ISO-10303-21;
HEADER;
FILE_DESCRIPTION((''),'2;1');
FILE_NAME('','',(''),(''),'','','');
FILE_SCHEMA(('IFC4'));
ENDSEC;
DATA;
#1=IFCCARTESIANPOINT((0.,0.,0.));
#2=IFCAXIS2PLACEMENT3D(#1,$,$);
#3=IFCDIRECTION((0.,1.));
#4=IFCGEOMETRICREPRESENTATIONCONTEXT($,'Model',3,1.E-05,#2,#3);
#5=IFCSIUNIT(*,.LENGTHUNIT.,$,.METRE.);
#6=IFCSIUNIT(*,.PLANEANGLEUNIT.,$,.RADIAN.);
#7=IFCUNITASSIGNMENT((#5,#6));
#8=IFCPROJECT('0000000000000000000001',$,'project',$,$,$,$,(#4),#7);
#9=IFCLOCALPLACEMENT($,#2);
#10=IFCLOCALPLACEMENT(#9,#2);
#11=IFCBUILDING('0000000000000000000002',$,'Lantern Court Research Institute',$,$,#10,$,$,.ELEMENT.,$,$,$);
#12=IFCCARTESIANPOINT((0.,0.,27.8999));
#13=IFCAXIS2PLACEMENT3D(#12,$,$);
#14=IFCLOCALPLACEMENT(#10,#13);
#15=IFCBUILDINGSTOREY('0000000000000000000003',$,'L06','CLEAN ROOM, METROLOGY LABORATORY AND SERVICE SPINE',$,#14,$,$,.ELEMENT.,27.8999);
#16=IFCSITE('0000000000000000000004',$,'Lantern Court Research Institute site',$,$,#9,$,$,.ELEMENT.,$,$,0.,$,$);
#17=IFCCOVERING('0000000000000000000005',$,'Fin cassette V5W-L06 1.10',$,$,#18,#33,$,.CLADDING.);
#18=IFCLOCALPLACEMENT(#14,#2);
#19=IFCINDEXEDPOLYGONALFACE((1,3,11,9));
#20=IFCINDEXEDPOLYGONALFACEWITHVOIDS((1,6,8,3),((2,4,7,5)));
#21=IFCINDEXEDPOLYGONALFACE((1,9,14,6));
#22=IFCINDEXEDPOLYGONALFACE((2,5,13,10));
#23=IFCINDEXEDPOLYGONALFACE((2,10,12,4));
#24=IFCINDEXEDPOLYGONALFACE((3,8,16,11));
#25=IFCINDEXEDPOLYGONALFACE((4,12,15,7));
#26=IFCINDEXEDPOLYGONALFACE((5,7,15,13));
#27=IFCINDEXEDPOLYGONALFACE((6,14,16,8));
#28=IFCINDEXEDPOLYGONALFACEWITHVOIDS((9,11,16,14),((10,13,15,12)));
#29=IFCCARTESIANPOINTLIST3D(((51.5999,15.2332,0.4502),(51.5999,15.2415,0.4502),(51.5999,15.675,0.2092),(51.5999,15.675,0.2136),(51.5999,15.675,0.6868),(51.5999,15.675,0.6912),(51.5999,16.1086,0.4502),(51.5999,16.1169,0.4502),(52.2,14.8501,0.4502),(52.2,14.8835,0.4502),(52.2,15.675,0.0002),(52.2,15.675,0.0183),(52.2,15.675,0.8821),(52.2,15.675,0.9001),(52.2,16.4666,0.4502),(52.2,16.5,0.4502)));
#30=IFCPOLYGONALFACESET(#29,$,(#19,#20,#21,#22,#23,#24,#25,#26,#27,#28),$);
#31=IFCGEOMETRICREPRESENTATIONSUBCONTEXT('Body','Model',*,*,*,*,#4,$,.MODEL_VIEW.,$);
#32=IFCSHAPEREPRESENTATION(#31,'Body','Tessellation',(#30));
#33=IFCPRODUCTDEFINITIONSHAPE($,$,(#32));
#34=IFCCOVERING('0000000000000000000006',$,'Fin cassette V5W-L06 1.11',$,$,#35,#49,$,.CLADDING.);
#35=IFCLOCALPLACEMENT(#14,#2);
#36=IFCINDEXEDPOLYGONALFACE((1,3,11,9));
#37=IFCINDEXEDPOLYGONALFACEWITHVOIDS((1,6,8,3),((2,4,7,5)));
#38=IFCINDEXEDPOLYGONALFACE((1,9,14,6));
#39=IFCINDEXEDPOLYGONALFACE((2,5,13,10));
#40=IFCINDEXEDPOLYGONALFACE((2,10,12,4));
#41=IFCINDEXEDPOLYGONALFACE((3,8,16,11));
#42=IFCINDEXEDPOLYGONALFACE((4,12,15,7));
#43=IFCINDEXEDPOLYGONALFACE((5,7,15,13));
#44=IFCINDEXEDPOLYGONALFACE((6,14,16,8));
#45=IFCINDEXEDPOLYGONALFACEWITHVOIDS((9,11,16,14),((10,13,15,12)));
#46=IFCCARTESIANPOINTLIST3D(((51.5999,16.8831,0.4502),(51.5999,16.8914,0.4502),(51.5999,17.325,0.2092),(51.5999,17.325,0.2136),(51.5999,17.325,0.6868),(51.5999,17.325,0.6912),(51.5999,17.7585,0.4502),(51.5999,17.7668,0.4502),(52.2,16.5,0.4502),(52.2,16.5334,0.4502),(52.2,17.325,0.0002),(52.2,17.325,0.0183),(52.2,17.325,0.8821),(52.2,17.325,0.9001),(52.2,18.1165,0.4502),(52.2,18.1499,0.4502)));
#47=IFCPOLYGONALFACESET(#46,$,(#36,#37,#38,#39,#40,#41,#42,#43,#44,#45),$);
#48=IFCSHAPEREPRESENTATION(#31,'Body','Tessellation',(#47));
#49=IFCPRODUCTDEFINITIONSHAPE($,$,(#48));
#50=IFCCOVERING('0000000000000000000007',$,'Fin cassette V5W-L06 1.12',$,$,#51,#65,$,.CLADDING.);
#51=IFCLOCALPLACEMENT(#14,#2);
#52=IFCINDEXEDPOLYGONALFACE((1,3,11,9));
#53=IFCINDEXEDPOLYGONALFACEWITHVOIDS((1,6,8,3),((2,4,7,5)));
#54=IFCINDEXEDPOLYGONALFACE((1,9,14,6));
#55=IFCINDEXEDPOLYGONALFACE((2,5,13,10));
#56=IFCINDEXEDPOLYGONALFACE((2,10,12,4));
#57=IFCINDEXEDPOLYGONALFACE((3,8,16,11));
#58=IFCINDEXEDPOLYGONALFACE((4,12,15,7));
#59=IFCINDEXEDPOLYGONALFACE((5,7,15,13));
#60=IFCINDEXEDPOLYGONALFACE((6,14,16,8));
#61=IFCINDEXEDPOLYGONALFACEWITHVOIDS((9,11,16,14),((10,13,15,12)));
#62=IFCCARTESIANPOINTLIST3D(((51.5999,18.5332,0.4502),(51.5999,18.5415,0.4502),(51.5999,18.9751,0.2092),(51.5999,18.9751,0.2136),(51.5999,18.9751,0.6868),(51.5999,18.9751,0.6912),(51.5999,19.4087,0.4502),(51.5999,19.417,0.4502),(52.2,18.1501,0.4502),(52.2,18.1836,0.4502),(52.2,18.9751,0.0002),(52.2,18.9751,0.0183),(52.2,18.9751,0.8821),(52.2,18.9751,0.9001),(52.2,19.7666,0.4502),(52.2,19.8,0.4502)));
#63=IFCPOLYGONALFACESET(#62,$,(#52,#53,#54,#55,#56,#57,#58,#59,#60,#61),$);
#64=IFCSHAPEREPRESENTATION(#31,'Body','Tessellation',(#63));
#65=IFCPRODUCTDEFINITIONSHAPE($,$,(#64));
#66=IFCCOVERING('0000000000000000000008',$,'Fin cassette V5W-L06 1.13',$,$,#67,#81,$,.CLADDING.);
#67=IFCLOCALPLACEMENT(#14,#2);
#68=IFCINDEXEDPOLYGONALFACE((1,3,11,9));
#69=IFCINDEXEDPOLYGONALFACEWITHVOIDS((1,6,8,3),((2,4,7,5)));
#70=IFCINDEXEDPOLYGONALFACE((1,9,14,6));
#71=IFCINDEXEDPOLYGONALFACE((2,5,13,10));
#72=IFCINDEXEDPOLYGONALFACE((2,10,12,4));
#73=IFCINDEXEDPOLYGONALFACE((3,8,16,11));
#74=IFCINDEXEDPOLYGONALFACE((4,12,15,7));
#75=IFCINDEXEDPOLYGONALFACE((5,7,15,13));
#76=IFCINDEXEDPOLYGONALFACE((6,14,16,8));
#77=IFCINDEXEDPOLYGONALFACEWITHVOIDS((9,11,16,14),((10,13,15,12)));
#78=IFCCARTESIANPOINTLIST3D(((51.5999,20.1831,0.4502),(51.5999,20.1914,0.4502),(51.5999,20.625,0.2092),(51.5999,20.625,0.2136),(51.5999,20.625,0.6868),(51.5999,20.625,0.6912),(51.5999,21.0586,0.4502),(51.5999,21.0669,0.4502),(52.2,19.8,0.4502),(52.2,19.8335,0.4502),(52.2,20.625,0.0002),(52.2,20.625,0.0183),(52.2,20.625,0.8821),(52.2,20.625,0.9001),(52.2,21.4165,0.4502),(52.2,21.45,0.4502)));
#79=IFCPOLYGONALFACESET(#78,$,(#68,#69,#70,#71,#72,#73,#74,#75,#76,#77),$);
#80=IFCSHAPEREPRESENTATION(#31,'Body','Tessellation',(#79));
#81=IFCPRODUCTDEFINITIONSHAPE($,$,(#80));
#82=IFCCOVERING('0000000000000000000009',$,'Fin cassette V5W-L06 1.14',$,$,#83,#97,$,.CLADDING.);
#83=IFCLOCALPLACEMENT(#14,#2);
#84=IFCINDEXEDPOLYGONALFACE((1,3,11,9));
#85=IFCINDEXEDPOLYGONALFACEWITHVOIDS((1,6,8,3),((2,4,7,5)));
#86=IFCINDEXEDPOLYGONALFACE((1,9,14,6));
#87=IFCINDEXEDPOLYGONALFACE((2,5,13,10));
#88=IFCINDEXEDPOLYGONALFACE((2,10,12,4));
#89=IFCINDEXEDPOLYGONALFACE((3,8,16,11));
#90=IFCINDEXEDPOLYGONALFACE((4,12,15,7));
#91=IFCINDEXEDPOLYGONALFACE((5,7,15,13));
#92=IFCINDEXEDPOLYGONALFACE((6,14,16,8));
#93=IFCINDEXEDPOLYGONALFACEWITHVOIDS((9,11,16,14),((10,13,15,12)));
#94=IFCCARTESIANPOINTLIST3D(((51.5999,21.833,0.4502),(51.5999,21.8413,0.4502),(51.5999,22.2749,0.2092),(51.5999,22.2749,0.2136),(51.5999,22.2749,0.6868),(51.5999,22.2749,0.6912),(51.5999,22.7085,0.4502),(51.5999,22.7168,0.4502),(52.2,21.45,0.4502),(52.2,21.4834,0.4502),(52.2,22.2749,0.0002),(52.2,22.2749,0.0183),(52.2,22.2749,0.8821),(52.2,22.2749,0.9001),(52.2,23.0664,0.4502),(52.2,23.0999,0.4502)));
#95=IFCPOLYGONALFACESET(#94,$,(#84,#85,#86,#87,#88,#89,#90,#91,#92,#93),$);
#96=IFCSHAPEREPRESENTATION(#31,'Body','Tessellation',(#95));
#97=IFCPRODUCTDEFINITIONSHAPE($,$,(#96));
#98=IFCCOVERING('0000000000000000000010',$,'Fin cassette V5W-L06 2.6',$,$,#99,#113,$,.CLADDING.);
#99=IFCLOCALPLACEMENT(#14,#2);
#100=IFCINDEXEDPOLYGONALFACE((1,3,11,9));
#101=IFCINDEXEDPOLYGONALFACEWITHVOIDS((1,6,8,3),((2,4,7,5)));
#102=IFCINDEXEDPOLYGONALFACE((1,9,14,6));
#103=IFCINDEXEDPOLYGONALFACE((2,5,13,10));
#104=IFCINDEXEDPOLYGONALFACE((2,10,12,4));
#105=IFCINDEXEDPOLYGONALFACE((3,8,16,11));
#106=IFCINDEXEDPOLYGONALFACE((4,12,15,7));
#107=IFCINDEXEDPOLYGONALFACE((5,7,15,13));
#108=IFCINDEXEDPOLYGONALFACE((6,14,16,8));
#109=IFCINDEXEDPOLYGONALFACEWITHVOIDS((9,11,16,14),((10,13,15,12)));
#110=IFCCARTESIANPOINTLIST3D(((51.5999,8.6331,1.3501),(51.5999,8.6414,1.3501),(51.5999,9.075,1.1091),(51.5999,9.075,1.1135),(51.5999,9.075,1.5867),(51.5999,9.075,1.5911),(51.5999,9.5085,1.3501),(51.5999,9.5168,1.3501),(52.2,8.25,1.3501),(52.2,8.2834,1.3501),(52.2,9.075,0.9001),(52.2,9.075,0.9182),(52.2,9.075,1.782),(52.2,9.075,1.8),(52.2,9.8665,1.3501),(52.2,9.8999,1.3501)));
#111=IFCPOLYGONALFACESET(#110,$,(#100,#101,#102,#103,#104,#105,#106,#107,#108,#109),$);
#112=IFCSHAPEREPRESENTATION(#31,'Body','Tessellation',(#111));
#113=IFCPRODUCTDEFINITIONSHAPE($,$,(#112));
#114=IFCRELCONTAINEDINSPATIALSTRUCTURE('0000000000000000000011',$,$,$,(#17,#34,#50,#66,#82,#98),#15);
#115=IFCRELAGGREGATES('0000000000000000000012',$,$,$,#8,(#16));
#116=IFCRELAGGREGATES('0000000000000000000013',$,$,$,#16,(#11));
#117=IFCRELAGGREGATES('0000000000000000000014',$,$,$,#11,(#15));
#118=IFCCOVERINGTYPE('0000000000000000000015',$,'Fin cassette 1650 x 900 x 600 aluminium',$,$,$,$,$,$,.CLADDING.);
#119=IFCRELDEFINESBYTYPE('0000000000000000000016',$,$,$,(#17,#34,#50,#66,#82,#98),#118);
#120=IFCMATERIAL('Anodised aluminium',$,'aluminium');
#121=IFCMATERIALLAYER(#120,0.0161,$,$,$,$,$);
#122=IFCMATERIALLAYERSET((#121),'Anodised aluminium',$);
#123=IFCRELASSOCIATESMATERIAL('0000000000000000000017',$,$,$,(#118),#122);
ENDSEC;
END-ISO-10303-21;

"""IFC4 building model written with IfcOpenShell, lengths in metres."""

from ifc_helpers import new_model, entity, si_unit, direction, frame, origin, place, context, subcontext, project, spatial, material, layer, layer_set, type_object, element, save


model = new_model("IFC4")

# Units and contexts
model_context = context("Model", 3, precision=1e-05, world=origin(), true_north=direction((0.0, 1.0)))
body_context = subcontext(model_context, "Body", "Model", "MODEL_VIEW")
ifc_project = project(units=[si_unit("LENGTHUNIT", "METRE"), si_unit("PLANEANGLEUNIT", "RADIAN")], contexts=[model_context])

# Site, building, storey
site_placement = place(None, origin())
site = spatial("IfcSite", under=ifc_project, at=site_placement, Name="Lantern Court Research Institute site", CompositionType="ELEMENT", RefElevation=0.0)
building_placement = place(site_placement, origin())
building = spatial("IfcBuilding", under=site, at=building_placement, Name="Lantern Court Research Institute", CompositionType="ELEMENT")
storey_placement = place(building_placement, frame((0.0, 0.0, 27.8999)))
storey = spatial("IfcBuildingStorey", under=building, at=storey_placement, Name="L06", Description="CLEAN ROOM, METROLOGY LABORATORY AND SERVICE SPINE", CompositionType="ELEMENT", Elevation=27.8999)

# Coverings
ifc_material_1 = material(Name="Anodised aluminium", Category="aluminium")
ifc_layer_1 = layer(ifc_material_1, 0.0161)
ifc_layer_set_1 = layer_set([ifc_layer_1], Name="Anodised aluminium")
covering_type = type_object("IfcCoveringType", Name="Fin cassette 1650 x 900 x 600 aluminium", PredefinedType="CLADDING", material=ifc_layer_set_1)
covering_1_placement = place(storey_placement, frame((52.2, 15.675, 0.4502), z_axis=(-1.0, 0.0, 0.0), x_axis=(0.0, -1.0, 0.0)))
cartesian_point_1 = entity("IfcCartesianPoint", [0.825, 0.0])
cartesian_point_2 = entity("IfcCartesianPoint", [0.7915, 0.0])
cartesian_point_3 = entity("IfcCartesianPoint", [0.4419, 0.0])
cartesian_point_4 = entity("IfcCartesianPoint", [0.4336, 0.0])
element("IfcCovering", 1, at=covering_1_placement, inside=storey, type_object=covering_type, Name="Fin cassette V5W-L06 1.10", PredefinedType="CLADDING", context=body_context, shape_type="SweptSolid", body=[
    entity("IfcExtrudedAreaSolidTapered", entity("IfcArbitraryProfileDefWithVoids", "AREA", None, entity("IfcPolyline", [cartesian_point_1, entity("IfcCartesianPoint", [0.0, 0.45]), entity("IfcCartesianPoint", [-0.825, 0.0]), entity("IfcCartesianPoint", [0.0, -0.45]), cartesian_point_1]), [entity("IfcPolyline", [cartesian_point_2, entity("IfcCartesianPoint", [0.0, 0.4319]), entity("IfcCartesianPoint", [-0.7915, 0.0]), entity("IfcCartesianPoint", [0.0, -0.4319]), cartesian_point_2])]), entity("IfcAxis2Placement3D", entity("IfcCartesianPoint", [0.0, 0.0, 0.0])), entity("IfcDirection", [0.0, 0.0, 1.0]), 0.6001, entity("IfcArbitraryProfileDefWithVoids", "AREA", None, entity("IfcPolyline", [cartesian_point_3, entity("IfcCartesianPoint", [0.0, 0.241]), entity("IfcCartesianPoint", [-0.4419, 0.0]), entity("IfcCartesianPoint", [0.0, -0.241]), cartesian_point_3]), [entity("IfcPolyline", [cartesian_point_4, entity("IfcCartesianPoint", [0.0, 0.2366]), entity("IfcCartesianPoint", [-0.4336, 0.0]), entity("IfcCartesianPoint", [0.0, -0.2366]), cartesian_point_4])])),
])
covering_2_placement = place(storey_placement, frame((52.2, 17.325, 0.4502), z_axis=(-1.0, 0.0, 0.0), x_axis=(0.0, -1.0, 0.0)))
cartesian_point_5 = entity("IfcCartesianPoint", [0.825, 0.0])
cartesian_point_6 = entity("IfcCartesianPoint", [0.7915, 0.0])
cartesian_point_7 = entity("IfcCartesianPoint", [0.4419, 0.0])
cartesian_point_8 = entity("IfcCartesianPoint", [0.4336, 0.0])
element("IfcCovering", 2, at=covering_2_placement, inside=storey, type_object=covering_type, Name="Fin cassette V5W-L06 1.11", PredefinedType="CLADDING", context=body_context, shape_type="SweptSolid", body=[
    entity("IfcExtrudedAreaSolidTapered", entity("IfcArbitraryProfileDefWithVoids", "AREA", None, entity("IfcPolyline", [cartesian_point_5, entity("IfcCartesianPoint", [0.0, 0.45]), entity("IfcCartesianPoint", [-0.825, 0.0]), entity("IfcCartesianPoint", [0.0, -0.45]), cartesian_point_5]), [entity("IfcPolyline", [cartesian_point_6, entity("IfcCartesianPoint", [0.0, 0.4319]), entity("IfcCartesianPoint", [-0.7915, 0.0]), entity("IfcCartesianPoint", [0.0, -0.4319]), cartesian_point_6])]), entity("IfcAxis2Placement3D", entity("IfcCartesianPoint", [0.0, 0.0, 0.0])), entity("IfcDirection", [0.0, 0.0, 1.0]), 0.6001, entity("IfcArbitraryProfileDefWithVoids", "AREA", None, entity("IfcPolyline", [cartesian_point_7, entity("IfcCartesianPoint", [0.0, 0.241]), entity("IfcCartesianPoint", [-0.4419, 0.0]), entity("IfcCartesianPoint", [0.0, -0.241]), cartesian_point_7]), [entity("IfcPolyline", [cartesian_point_8, entity("IfcCartesianPoint", [0.0, 0.2366]), entity("IfcCartesianPoint", [-0.4336, 0.0]), entity("IfcCartesianPoint", [0.0, -0.2366]), cartesian_point_8])])),
])
covering_3_placement = place(storey_placement, frame((52.2, 18.9751, 0.4502), z_axis=(-1.0, 0.0, 0.0), x_axis=(0.0, -1.0, 0.0)))
cartesian_point_9 = entity("IfcCartesianPoint", [0.825, 0.0])
cartesian_point_10 = entity("IfcCartesianPoint", [0.7915, 0.0])
cartesian_point_11 = entity("IfcCartesianPoint", [0.4419, 0.0])
cartesian_point_12 = entity("IfcCartesianPoint", [0.4336, 0.0])
element("IfcCovering", 3, at=covering_3_placement, inside=storey, type_object=covering_type, Name="Fin cassette V5W-L06 1.12", PredefinedType="CLADDING", context=body_context, shape_type="SweptSolid", body=[
    entity("IfcExtrudedAreaSolidTapered", entity("IfcArbitraryProfileDefWithVoids", "AREA", None, entity("IfcPolyline", [cartesian_point_9, entity("IfcCartesianPoint", [0.0, 0.45]), entity("IfcCartesianPoint", [-0.825, 0.0]), entity("IfcCartesianPoint", [0.0, -0.45]), cartesian_point_9]), [entity("IfcPolyline", [cartesian_point_10, entity("IfcCartesianPoint", [0.0, 0.4319]), entity("IfcCartesianPoint", [-0.7915, 0.0]), entity("IfcCartesianPoint", [0.0, -0.4319]), cartesian_point_10])]), entity("IfcAxis2Placement3D", entity("IfcCartesianPoint", [0.0, 0.0, 0.0])), entity("IfcDirection", [0.0, 0.0, 1.0]), 0.6001, entity("IfcArbitraryProfileDefWithVoids", "AREA", None, entity("IfcPolyline", [cartesian_point_11, entity("IfcCartesianPoint", [0.0, 0.241]), entity("IfcCartesianPoint", [-0.4419, 0.0]), entity("IfcCartesianPoint", [0.0, -0.241]), cartesian_point_11]), [entity("IfcPolyline", [cartesian_point_12, entity("IfcCartesianPoint", [0.0, 0.2366]), entity("IfcCartesianPoint", [-0.4336, 0.0]), entity("IfcCartesianPoint", [0.0, -0.2366]), cartesian_point_12])])),
])
covering_4_placement = place(storey_placement, frame((52.2, 20.625, 0.4502), z_axis=(-1.0, 0.0, 0.0), x_axis=(0.0, -1.0, 0.0)))
cartesian_point_13 = entity("IfcCartesianPoint", [0.825, 0.0])
cartesian_point_14 = entity("IfcCartesianPoint", [0.7915, 0.0])
cartesian_point_15 = entity("IfcCartesianPoint", [0.4419, 0.0])
cartesian_point_16 = entity("IfcCartesianPoint", [0.4336, 0.0])
element("IfcCovering", 4, at=covering_4_placement, inside=storey, type_object=covering_type, Name="Fin cassette V5W-L06 1.13", PredefinedType="CLADDING", context=body_context, shape_type="SweptSolid", body=[
    entity("IfcExtrudedAreaSolidTapered", entity("IfcArbitraryProfileDefWithVoids", "AREA", None, entity("IfcPolyline", [cartesian_point_13, entity("IfcCartesianPoint", [0.0, 0.45]), entity("IfcCartesianPoint", [-0.825, 0.0]), entity("IfcCartesianPoint", [0.0, -0.45]), cartesian_point_13]), [entity("IfcPolyline", [cartesian_point_14, entity("IfcCartesianPoint", [0.0, 0.4319]), entity("IfcCartesianPoint", [-0.7915, 0.0]), entity("IfcCartesianPoint", [0.0, -0.4319]), cartesian_point_14])]), entity("IfcAxis2Placement3D", entity("IfcCartesianPoint", [0.0, 0.0, 0.0])), entity("IfcDirection", [0.0, 0.0, 1.0]), 0.6001, entity("IfcArbitraryProfileDefWithVoids", "AREA", None, entity("IfcPolyline", [cartesian_point_15, entity("IfcCartesianPoint", [0.0, 0.241]), entity("IfcCartesianPoint", [-0.4419, 0.0]), entity("IfcCartesianPoint", [0.0, -0.241]), cartesian_point_15]), [entity("IfcPolyline", [cartesian_point_16, entity("IfcCartesianPoint", [0.0, 0.2366]), entity("IfcCartesianPoint", [-0.4336, 0.0]), entity("IfcCartesianPoint", [0.0, -0.2366]), cartesian_point_16])])),
])
covering_5_placement = place(storey_placement, frame((52.2, 22.2749, 0.4502), z_axis=(-1.0, 0.0, 0.0), x_axis=(0.0, -1.0, 0.0)))
cartesian_point_17 = entity("IfcCartesianPoint", [0.825, 0.0])
cartesian_point_18 = entity("IfcCartesianPoint", [0.7915, 0.0])
cartesian_point_19 = entity("IfcCartesianPoint", [0.4419, 0.0])
cartesian_point_20 = entity("IfcCartesianPoint", [0.4336, 0.0])
element("IfcCovering", 5, at=covering_5_placement, inside=storey, type_object=covering_type, Name="Fin cassette V5W-L06 1.14", PredefinedType="CLADDING", context=body_context, shape_type="SweptSolid", body=[
    entity("IfcExtrudedAreaSolidTapered", entity("IfcArbitraryProfileDefWithVoids", "AREA", None, entity("IfcPolyline", [cartesian_point_17, entity("IfcCartesianPoint", [0.0, 0.45]), entity("IfcCartesianPoint", [-0.825, 0.0]), entity("IfcCartesianPoint", [0.0, -0.45]), cartesian_point_17]), [entity("IfcPolyline", [cartesian_point_18, entity("IfcCartesianPoint", [0.0, 0.4319]), entity("IfcCartesianPoint", [-0.7915, 0.0]), entity("IfcCartesianPoint", [0.0, -0.4319]), cartesian_point_18])]), entity("IfcAxis2Placement3D", entity("IfcCartesianPoint", [0.0, 0.0, 0.0])), entity("IfcDirection", [0.0, 0.0, 1.0]), 0.6001, entity("IfcArbitraryProfileDefWithVoids", "AREA", None, entity("IfcPolyline", [cartesian_point_19, entity("IfcCartesianPoint", [0.0, 0.241]), entity("IfcCartesianPoint", [-0.4419, 0.0]), entity("IfcCartesianPoint", [0.0, -0.241]), cartesian_point_19]), [entity("IfcPolyline", [cartesian_point_20, entity("IfcCartesianPoint", [0.0, 0.2366]), entity("IfcCartesianPoint", [-0.4336, 0.0]), entity("IfcCartesianPoint", [0.0, -0.2366]), cartesian_point_20])])),
])
covering_6_placement = place(storey_placement, frame((52.2, 9.075, 1.3501), z_axis=(-1.0, 0.0, 0.0), x_axis=(0.0, -1.0, 0.0)))
cartesian_point_21 = entity("IfcCartesianPoint", [0.825, 0.0])
cartesian_point_22 = entity("IfcCartesianPoint", [0.7915, 0.0])
cartesian_point_23 = entity("IfcCartesianPoint", [0.4419, 0.0])
cartesian_point_24 = entity("IfcCartesianPoint", [0.4336, 0.0])
element("IfcCovering", 6, at=covering_6_placement, inside=storey, type_object=covering_type, Name="Fin cassette V5W-L06 2.6", PredefinedType="CLADDING", context=body_context, shape_type="SweptSolid", body=[
    entity("IfcExtrudedAreaSolidTapered", entity("IfcArbitraryProfileDefWithVoids", "AREA", None, entity("IfcPolyline", [cartesian_point_21, entity("IfcCartesianPoint", [0.0, 0.45]), entity("IfcCartesianPoint", [-0.825, 0.0]), entity("IfcCartesianPoint", [0.0, -0.45]), cartesian_point_21]), [entity("IfcPolyline", [cartesian_point_22, entity("IfcCartesianPoint", [0.0, 0.4319]), entity("IfcCartesianPoint", [-0.7915, 0.0]), entity("IfcCartesianPoint", [0.0, -0.4319]), cartesian_point_22])]), entity("IfcAxis2Placement3D", entity("IfcCartesianPoint", [0.0, 0.0, 0.0])), entity("IfcDirection", [0.0, 0.0, 1.0]), 0.6001, entity("IfcArbitraryProfileDefWithVoids", "AREA", None, entity("IfcPolyline", [cartesian_point_23, entity("IfcCartesianPoint", [0.0, 0.241]), entity("IfcCartesianPoint", [-0.4419, 0.0]), entity("IfcCartesianPoint", [0.0, -0.241]), cartesian_point_23]), [entity("IfcPolyline", [cartesian_point_24, entity("IfcCartesianPoint", [0.0, 0.2366]), entity("IfcCartesianPoint", [-0.4336, 0.0]), entity("IfcCartesianPoint", [0.0, -0.2366]), cartesian_point_24])])),
])

save(model, "model.ifc")
